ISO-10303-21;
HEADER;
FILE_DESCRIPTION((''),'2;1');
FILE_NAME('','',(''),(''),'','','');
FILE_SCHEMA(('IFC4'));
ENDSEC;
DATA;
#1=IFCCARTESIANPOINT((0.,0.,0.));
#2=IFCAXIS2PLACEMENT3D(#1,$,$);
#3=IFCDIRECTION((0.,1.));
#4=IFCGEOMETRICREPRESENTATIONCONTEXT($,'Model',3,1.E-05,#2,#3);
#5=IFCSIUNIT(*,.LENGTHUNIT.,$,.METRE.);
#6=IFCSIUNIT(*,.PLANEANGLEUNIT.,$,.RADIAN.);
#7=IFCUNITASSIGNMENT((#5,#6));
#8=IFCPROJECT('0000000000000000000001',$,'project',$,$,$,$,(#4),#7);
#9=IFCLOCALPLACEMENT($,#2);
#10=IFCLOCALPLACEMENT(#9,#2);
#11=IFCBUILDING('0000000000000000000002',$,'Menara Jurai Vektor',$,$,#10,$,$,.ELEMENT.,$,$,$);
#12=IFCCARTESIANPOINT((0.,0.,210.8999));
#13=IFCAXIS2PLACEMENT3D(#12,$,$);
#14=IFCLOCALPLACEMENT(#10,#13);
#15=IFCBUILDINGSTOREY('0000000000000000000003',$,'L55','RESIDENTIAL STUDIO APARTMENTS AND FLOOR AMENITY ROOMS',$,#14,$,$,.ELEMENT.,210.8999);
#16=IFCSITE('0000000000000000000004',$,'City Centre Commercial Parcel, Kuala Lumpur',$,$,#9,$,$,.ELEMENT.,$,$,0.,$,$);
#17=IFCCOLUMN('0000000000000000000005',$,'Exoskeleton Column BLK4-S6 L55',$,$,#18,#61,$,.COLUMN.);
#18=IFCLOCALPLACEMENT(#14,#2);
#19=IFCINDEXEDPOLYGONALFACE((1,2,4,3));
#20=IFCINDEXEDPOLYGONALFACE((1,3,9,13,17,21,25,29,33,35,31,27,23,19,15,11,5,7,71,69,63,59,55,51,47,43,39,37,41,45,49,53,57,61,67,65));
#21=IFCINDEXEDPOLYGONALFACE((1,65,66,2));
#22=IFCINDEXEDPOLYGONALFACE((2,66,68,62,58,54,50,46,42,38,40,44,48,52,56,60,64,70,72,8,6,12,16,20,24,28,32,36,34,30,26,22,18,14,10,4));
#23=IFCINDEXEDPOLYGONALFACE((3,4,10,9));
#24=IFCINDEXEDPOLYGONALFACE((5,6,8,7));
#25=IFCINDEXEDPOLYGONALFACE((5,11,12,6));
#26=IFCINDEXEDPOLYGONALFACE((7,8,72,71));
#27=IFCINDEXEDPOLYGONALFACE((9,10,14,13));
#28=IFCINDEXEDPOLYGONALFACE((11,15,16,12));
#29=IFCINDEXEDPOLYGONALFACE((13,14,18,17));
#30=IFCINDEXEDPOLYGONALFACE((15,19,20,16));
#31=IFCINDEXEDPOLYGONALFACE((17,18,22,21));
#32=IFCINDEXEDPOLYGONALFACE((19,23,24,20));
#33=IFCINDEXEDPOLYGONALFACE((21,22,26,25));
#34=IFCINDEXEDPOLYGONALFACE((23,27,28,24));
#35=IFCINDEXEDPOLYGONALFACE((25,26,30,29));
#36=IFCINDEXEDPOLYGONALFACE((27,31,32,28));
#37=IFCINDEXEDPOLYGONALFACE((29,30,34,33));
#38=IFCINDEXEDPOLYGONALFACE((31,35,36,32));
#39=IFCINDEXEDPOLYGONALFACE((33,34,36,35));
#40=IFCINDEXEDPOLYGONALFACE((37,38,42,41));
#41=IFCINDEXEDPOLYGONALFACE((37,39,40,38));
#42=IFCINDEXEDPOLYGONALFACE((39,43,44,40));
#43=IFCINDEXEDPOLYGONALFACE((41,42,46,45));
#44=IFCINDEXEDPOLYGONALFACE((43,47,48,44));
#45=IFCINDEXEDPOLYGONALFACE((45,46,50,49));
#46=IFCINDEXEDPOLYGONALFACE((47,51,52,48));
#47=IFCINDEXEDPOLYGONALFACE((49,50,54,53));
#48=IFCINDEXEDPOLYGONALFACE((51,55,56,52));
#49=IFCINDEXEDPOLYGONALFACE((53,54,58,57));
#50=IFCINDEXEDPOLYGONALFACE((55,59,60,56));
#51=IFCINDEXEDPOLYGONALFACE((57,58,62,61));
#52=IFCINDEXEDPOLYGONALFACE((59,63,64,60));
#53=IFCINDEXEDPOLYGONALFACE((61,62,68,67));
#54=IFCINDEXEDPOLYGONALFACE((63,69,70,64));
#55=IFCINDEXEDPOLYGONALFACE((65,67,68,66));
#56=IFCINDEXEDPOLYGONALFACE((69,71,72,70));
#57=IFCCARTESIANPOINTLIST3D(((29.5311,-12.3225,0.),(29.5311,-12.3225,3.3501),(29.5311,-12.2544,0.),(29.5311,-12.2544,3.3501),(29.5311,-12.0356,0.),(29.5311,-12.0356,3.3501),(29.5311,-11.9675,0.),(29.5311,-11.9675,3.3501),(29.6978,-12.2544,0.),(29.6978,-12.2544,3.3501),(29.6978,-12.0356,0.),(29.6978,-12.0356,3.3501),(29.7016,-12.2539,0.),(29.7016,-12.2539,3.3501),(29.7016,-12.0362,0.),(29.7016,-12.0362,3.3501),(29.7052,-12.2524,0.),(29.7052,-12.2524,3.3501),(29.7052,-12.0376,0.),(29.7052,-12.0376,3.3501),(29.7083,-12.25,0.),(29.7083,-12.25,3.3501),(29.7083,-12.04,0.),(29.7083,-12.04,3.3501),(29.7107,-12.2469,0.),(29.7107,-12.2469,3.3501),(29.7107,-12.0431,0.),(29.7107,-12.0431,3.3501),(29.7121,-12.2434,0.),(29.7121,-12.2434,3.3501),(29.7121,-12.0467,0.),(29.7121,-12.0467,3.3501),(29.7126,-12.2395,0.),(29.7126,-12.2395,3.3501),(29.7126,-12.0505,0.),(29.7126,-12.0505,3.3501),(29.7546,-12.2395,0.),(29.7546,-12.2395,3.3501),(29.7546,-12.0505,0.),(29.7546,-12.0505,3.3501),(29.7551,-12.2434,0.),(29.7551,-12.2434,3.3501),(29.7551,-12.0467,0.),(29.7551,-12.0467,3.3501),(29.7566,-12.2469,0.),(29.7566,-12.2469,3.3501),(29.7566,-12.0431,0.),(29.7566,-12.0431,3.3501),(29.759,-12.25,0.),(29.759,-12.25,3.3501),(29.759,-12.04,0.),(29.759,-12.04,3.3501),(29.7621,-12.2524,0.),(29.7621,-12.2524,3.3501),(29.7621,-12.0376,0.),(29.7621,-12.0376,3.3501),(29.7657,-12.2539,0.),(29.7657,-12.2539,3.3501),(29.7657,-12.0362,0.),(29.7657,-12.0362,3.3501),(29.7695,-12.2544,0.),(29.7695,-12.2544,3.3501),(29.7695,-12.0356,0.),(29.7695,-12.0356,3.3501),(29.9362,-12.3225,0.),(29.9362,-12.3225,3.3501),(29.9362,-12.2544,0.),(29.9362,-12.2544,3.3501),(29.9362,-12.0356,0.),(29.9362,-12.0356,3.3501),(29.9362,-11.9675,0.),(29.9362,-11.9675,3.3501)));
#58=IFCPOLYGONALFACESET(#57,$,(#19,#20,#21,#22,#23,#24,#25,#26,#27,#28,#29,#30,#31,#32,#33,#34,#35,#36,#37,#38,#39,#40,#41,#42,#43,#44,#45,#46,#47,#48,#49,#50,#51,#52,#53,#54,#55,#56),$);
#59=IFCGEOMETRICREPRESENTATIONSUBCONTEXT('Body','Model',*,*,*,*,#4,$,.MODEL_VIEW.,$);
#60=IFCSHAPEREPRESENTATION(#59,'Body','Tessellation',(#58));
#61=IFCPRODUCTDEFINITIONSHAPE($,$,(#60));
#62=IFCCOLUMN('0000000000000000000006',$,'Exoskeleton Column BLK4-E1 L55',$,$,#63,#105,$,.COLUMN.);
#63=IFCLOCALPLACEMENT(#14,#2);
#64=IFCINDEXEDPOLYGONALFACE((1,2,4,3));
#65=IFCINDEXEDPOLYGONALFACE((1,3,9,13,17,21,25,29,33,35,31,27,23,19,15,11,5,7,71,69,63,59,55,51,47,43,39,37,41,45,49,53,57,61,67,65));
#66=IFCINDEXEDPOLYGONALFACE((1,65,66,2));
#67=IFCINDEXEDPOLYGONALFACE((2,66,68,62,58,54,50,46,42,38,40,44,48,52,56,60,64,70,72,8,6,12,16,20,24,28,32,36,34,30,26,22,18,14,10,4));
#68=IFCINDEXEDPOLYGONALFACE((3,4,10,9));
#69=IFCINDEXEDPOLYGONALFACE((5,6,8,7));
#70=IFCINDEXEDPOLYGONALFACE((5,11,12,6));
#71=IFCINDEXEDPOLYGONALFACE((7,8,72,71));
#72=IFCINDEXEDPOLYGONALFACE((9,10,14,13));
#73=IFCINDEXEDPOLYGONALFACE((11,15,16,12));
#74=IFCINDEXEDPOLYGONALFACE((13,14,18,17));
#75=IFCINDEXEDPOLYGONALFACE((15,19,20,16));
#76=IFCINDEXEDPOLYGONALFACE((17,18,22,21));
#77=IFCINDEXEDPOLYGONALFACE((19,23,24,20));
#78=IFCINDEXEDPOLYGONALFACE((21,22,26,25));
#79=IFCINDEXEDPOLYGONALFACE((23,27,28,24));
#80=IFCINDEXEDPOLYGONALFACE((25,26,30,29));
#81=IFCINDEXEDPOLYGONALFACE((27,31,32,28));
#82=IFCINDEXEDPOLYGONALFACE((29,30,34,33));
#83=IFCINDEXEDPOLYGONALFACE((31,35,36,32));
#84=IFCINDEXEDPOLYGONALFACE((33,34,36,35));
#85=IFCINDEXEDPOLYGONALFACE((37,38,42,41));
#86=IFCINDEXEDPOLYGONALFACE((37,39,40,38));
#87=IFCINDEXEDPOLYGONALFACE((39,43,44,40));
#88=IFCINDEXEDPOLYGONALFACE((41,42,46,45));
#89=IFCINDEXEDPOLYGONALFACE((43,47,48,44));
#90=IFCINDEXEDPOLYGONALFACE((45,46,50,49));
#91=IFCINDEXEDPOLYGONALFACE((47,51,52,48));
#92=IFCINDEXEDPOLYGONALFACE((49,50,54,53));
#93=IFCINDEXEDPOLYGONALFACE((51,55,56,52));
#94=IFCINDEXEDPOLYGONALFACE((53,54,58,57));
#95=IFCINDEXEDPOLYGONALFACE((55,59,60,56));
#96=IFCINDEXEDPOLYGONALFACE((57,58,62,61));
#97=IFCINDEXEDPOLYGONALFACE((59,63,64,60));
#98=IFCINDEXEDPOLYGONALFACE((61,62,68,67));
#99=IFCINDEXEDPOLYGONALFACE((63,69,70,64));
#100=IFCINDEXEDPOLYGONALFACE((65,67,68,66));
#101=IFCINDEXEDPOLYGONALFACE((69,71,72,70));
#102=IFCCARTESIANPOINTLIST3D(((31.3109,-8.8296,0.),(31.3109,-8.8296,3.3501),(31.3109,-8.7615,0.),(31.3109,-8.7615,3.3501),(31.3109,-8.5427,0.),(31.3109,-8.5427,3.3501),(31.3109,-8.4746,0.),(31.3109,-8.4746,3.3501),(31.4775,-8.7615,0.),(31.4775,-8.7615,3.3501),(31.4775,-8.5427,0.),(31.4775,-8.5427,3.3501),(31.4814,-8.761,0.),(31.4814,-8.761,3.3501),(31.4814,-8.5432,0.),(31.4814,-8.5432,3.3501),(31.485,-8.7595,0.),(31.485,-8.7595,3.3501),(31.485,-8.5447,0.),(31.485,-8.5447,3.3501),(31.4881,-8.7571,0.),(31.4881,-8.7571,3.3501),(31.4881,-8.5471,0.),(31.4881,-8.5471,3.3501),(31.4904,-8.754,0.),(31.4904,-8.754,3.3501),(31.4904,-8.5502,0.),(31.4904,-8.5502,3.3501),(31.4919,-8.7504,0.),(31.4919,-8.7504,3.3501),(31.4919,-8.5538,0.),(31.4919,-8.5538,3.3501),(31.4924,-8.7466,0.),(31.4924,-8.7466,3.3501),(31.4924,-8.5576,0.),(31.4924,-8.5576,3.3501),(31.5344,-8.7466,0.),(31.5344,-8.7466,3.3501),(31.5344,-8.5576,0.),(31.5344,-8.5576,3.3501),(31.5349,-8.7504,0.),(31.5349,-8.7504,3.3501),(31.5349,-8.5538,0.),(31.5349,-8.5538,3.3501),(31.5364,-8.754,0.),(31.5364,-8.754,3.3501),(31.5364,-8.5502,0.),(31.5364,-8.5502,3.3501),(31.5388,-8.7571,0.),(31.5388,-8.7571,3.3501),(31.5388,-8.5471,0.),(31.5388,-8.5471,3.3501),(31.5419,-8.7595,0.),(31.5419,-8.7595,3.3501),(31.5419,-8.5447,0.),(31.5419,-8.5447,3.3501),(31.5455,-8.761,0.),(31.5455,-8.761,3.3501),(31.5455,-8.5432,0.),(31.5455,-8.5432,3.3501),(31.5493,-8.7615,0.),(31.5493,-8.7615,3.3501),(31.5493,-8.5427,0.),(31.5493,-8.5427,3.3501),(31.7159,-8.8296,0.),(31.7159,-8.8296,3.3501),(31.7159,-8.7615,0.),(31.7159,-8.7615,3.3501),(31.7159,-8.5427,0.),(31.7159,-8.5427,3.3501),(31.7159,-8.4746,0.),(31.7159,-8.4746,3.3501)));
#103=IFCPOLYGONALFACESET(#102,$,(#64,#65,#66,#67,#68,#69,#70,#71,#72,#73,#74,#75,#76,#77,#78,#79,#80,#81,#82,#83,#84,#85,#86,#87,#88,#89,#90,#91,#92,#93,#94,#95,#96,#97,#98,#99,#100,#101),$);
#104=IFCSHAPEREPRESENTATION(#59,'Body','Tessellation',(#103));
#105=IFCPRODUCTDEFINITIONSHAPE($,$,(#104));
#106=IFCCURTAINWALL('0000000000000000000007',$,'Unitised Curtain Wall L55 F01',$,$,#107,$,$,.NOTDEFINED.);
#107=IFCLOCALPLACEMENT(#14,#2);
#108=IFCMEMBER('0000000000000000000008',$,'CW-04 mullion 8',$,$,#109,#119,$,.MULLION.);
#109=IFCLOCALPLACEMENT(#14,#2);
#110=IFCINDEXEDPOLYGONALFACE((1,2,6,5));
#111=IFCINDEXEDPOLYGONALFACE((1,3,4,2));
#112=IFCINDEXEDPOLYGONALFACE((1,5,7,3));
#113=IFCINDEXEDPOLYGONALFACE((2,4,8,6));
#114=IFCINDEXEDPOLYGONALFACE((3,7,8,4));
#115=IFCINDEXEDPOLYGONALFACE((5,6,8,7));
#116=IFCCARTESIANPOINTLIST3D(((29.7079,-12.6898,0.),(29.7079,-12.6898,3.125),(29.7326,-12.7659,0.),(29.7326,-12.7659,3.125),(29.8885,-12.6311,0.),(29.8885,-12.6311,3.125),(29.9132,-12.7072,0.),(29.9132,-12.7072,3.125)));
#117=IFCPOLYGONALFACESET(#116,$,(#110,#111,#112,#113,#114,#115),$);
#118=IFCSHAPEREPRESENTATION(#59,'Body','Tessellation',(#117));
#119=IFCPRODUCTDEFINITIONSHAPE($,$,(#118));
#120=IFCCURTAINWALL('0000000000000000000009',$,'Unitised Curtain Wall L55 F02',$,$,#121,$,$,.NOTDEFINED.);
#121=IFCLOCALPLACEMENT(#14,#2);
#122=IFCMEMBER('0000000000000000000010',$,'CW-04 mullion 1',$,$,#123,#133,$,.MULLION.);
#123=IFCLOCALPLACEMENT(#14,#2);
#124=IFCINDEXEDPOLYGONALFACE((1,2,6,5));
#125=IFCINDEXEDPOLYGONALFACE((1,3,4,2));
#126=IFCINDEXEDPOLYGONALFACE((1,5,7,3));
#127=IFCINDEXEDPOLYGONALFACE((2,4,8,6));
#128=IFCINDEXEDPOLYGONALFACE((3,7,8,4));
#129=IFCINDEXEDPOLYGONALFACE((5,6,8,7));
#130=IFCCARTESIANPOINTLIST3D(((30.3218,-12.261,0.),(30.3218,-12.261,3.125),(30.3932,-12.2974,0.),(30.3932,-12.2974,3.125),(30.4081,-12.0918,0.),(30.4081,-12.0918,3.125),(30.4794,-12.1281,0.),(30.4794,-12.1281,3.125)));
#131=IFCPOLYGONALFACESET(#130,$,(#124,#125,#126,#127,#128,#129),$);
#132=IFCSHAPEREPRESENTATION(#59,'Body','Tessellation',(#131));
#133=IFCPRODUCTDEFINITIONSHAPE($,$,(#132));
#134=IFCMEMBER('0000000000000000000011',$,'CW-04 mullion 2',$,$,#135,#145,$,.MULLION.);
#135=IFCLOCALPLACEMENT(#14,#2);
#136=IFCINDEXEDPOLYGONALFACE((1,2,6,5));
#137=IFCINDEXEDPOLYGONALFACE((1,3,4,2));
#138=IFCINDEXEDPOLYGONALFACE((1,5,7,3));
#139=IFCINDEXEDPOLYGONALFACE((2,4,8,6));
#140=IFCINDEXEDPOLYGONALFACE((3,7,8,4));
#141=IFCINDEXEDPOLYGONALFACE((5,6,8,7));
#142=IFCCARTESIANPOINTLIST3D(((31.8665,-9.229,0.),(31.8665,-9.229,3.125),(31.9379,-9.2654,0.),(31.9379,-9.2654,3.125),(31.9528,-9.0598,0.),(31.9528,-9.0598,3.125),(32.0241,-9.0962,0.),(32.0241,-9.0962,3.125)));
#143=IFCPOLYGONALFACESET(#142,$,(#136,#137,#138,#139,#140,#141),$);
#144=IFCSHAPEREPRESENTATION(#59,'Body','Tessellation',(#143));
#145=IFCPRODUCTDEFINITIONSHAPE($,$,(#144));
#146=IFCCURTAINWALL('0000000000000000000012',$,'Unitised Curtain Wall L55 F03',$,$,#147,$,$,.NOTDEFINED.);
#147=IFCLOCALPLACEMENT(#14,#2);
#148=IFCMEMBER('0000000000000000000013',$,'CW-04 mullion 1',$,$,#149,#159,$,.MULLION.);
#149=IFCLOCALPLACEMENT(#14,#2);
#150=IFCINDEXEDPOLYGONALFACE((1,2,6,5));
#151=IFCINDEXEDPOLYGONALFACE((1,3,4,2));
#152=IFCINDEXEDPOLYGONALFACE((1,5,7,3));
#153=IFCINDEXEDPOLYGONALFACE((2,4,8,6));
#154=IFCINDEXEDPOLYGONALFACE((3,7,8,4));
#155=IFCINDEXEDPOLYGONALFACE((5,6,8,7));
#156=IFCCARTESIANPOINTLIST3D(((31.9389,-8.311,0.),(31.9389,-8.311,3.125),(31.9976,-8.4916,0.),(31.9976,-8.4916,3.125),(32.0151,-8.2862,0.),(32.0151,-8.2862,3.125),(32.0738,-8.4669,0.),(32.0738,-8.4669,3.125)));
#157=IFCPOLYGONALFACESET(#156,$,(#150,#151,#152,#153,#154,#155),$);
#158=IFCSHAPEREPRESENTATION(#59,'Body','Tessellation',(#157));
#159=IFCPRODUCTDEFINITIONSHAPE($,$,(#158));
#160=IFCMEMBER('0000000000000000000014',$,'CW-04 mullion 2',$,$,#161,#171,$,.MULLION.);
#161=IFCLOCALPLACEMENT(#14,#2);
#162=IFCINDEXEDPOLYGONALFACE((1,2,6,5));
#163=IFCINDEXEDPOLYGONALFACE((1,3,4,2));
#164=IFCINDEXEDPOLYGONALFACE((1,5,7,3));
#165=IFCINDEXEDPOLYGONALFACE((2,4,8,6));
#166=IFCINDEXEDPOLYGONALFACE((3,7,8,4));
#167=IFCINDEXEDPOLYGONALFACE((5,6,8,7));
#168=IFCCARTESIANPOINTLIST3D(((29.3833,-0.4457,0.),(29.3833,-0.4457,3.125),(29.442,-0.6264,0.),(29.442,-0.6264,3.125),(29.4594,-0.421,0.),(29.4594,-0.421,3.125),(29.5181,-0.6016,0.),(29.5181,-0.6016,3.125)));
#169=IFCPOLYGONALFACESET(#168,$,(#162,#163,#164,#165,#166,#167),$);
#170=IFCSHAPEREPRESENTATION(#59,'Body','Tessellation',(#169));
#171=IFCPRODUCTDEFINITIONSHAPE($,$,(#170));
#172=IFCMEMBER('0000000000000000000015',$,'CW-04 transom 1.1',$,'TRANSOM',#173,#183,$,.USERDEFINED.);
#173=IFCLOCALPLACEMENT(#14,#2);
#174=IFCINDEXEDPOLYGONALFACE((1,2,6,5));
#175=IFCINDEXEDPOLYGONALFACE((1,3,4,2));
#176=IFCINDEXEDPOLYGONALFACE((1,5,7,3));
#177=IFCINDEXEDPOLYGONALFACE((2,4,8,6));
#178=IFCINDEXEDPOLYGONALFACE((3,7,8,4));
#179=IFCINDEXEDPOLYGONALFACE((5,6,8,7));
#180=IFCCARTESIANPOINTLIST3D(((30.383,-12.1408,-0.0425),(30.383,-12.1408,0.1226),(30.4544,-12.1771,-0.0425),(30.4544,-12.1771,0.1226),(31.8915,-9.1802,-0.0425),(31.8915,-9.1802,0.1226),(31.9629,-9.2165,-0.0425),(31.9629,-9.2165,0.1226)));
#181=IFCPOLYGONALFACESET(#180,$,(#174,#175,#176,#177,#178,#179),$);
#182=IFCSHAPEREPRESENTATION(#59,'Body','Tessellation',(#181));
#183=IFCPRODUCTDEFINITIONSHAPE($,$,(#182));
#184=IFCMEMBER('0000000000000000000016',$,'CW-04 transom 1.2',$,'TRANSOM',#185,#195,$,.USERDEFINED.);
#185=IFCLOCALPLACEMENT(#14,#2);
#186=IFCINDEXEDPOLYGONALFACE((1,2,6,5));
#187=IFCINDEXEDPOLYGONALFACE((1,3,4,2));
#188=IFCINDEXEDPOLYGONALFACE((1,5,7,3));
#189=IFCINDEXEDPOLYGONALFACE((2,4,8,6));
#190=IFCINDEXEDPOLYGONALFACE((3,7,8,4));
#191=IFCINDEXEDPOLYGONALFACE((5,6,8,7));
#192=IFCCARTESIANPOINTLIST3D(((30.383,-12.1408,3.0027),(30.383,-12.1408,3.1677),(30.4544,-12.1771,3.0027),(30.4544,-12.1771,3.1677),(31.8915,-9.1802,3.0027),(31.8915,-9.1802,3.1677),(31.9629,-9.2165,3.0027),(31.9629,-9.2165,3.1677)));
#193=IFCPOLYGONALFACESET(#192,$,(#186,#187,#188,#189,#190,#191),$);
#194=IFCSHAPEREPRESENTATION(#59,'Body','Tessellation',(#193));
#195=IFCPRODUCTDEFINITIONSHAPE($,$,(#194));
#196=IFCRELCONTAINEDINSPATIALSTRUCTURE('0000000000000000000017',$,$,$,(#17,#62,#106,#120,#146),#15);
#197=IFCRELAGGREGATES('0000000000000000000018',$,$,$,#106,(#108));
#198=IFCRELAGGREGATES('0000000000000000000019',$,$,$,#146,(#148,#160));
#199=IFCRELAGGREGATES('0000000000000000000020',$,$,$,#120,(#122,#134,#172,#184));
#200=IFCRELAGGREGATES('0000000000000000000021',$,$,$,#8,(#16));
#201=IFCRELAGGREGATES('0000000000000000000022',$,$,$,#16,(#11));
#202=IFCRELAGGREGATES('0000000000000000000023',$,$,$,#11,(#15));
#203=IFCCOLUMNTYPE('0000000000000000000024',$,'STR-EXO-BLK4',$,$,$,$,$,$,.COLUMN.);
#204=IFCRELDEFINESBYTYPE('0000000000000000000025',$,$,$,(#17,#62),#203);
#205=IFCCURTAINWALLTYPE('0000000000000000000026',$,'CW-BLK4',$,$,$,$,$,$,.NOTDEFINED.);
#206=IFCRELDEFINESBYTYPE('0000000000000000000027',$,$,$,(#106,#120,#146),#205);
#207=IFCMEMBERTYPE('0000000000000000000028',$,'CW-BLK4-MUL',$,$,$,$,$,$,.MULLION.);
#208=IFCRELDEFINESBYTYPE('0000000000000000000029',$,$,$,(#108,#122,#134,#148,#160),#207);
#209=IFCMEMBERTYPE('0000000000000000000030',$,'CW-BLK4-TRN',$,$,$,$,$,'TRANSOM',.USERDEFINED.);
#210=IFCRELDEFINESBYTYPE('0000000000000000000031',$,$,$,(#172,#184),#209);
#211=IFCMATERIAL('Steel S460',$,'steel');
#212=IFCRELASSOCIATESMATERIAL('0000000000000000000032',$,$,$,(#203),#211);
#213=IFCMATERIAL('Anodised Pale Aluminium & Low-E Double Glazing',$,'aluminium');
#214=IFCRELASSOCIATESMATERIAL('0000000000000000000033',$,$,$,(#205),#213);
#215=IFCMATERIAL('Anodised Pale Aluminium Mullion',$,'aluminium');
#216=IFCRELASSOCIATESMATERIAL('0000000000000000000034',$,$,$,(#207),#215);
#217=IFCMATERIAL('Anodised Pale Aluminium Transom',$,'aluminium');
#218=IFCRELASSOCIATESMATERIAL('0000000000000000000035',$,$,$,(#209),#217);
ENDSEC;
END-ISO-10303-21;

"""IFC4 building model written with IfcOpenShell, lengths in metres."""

from ifc_helpers import new_model, si_unit, direction, frame, origin, origin_2d, place, context, subcontext, project, spatial, rectangle, i_section, extrude, material, material_profile, profile_set, type_object, element, aggregate, save


model = new_model("IFC4")

# Units and contexts
model_context = context("Model", 3, precision=1e-05, world=origin(), true_north=direction((0.0, 1.0)))
body_context = subcontext(model_context, "Body", "Model", "MODEL_VIEW")
ifc_project = project(units=[si_unit("LENGTHUNIT", "METRE"), si_unit("PLANEANGLEUNIT", "RADIAN")], contexts=[model_context])

# Site, building, storey
site_placement = place(None, origin())
site = spatial("IfcSite", under=ifc_project, at=site_placement, Name="City Centre Commercial Parcel, Kuala Lumpur", CompositionType="ELEMENT", RefElevation=0.0)
building_placement = place(site_placement, origin())
building = spatial("IfcBuilding", under=site, at=building_placement, Name="Menara Jurai Vektor", CompositionType="ELEMENT")
storey_placement = place(building_placement, frame((0.0, 0.0, 210.8999)))
storey = spatial("IfcBuildingStorey", under=building, at=storey_placement, Name="L55", Description="RESIDENTIAL STUDIO APARTMENTS AND FLOOR AMENITY ROOMS", CompositionType="ELEMENT", Elevation=210.8999)

# Columns
ifc_material_1 = material(Name="Steel S460", Category="steel")
ifc_material_profile_1 = material_profile(ifc_material_1, i_section(OverallWidth=0.405, OverallDepth=0.355, WebThickness=0.042, FlangeThickness=0.0681, FilletRadius=0.0149, at=origin_2d()), Name="HD 400x551")
ifc_profile_set_1 = profile_set([ifc_material_profile_1], Name="Steel S460")
column_type = type_object("IfcColumnType", Name="STR-EXO-BLK4", PredefinedType="COLUMN", material=ifc_profile_set_1)
for number, where, z_axis, x_axis, name in (
    (1, (29.7336, -12.145, 0.0), (0.0, 0.0, 1.0), (1.0, 0.0, 0.0), "Exoskeleton Column BLK4-S6 L55"),
    (2, (31.5134, -8.6521, 0.0), (0.0, 0.0, 1.0), (1.0, 0.0, 0.0), "Exoskeleton Column BLK4-E1 L55"),
):
    element("IfcColumn", number, at=place(storey_placement, frame(where, z_axis=z_axis, x_axis=x_axis)), inside=storey, type_object=column_type, Name=name, PredefinedType="COLUMN", context=body_context, shape_type="SweptSolid", body=[
        extrude(i_section(OverallWidth=0.405, OverallDepth=0.355, WebThickness=0.042, FlangeThickness=0.0681, FilletRadius=0.0149, at=origin_2d()), origin(), (0.0, 0.0, 1.0), 3.3501),
    ])

# Curtain wall, member
ifc_material_2 = material(Name="Anodised Pale Aluminium & Low-E Double Glazing", Category="aluminium")
curtain_wall_type = type_object("IfcCurtainWallType", Name="CW-BLK4", PredefinedType="NOTDEFINED", material=ifc_material_2)
curtain_wall_1_placement = place(storey_placement, origin())
curtain_wall_1 = element("IfcCurtainWall", 3, at=curtain_wall_1_placement, inside=storey, type_object=curtain_wall_type, Name="Unitised Curtain Wall L55 F01", PredefinedType="NOTDEFINED")
ifc_material_3 = material(Name="Anodised Pale Aluminium Mullion", Category="aluminium")
ifc_material_profile_2 = material_profile(ifc_material_3, rectangle(XDim=0.0801, YDim=0.1899, at=origin_2d()), Name="ALU MUL 80x190")
ifc_profile_set_2 = profile_set([ifc_material_profile_2], Name="Anodised Pale Aluminium Mullion")
member_type_1 = type_object("IfcMemberType", Name="CW-BLK4-MUL", PredefinedType="MULLION", material=ifc_profile_set_2)
member_1_placement = place(storey_placement, frame((29.8105, -12.6985, 0.0), z_axis=(0.0, 0.0, 1.0), x_axis=(-0.309017, 0.951056, 0.0)))
member_1 = element("IfcMember", 4, at=member_1_placement, type_object=member_type_1, Name="CW-04 mullion 8", PredefinedType="MULLION", context=body_context, shape_type="SweptSolid", body=[
    extrude(rectangle(XDim=0.0801, YDim=0.1899, at=origin_2d()), origin(), (0.0, 0.0, 1.0), 3.125),
])

# Curtain walls, members
curtain_wall_2_placement = place(storey_placement, origin())
curtain_wall_2 = element("IfcCurtainWall", 5, at=curtain_wall_2_placement, inside=storey, type_object=curtain_wall_type, Name="Unitised Curtain Wall L55 F02", PredefinedType="NOTDEFINED")
member_2_placement = place(storey_placement, frame((30.4006, -12.1946, 0.0), z_axis=(0.0, 0.0, 1.0), x_axis=(-0.891008, 0.453989, 0.0)))
member_2 = element("IfcMember", 6, at=member_2_placement, type_object=member_type_1, Name="CW-04 mullion 1", PredefinedType="MULLION", context=body_context, shape_type="SweptSolid", body=[
    extrude(rectangle(XDim=0.0801, YDim=0.1899, at=origin_2d()), origin(), (0.0, 0.0, 1.0), 3.125),
])
member_3_placement = place(storey_placement, frame((31.9453, -9.1626, 0.0), z_axis=(0.0, 0.0, 1.0), x_axis=(-0.891008, 0.453989, 0.0)))
member_3 = element("IfcMember", 7, at=member_3_placement, type_object=member_type_1, Name="CW-04 mullion 2", PredefinedType="MULLION", context=body_context, shape_type="SweptSolid", body=[
    extrude(rectangle(XDim=0.0801, YDim=0.1899, at=origin_2d()), origin(), (0.0, 0.0, 1.0), 3.125),
])
curtain_wall_3_placement = place(storey_placement, origin())
curtain_wall_3 = element("IfcCurtainWall", 8, at=curtain_wall_3_placement, inside=storey, type_object=curtain_wall_type, Name="Unitised Curtain Wall L55 F03", PredefinedType="NOTDEFINED")
member_4_placement = place(storey_placement, frame((32.0063, -8.3889, 0.0), z_axis=(0.0, 0.0, 1.0), x_axis=(-0.951057, -0.309016, 0.0)))
member_4 = element("IfcMember", 9, at=member_4_placement, type_object=member_type_1, Name="CW-04 mullion 1", PredefinedType="MULLION", context=body_context, shape_type="SweptSolid", body=[
    extrude(rectangle(XDim=0.0801, YDim=0.1899, at=origin_2d()), origin(), (0.0, 0.0, 1.0), 3.125),
])
member_5_placement = place(storey_placement, frame((29.4507, -0.5237, 0.0), z_axis=(0.0, 0.0, 1.0), x_axis=(-0.951057, -0.309016, 0.0)))
member_5 = element("IfcMember", 10, at=member_5_placement, type_object=member_type_1, Name="CW-04 mullion 2", PredefinedType="MULLION", context=body_context, shape_type="SweptSolid", body=[
    extrude(rectangle(XDim=0.0801, YDim=0.1899, at=origin_2d()), origin(), (0.0, 0.0, 1.0), 3.125),
])

# Members
ifc_material_4 = material(Name="Anodised Pale Aluminium Transom", Category="aluminium")
ifc_material_profile_3 = material_profile(ifc_material_4, rectangle(XDim=0.0801, YDim=0.165, at=origin_2d()), Name="ALU TRN 80x165")
ifc_profile_set_3 = profile_set([ifc_material_profile_3], Name="Anodised Pale Aluminium Transom")
member_type_2 = type_object("IfcMemberType", Name="CW-BLK4-TRN", ElementType="TRANSOM", PredefinedType="USERDEFINED", material=ifc_profile_set_3)
member_6_placement = place(storey_placement, frame((30.4187, -12.1589, 0.04), z_axis=(0.45399, 0.891007, 0.0), x_axis=(-0.891007, 0.45399, 0.0)))
member_6 = element("IfcMember", 11, at=member_6_placement, type_object=member_type_2, Name="CW-04 transom 1.1", ObjectType="TRANSOM", PredefinedType="USERDEFINED", context=body_context, shape_type="SweptSolid", body=[
    extrude(rectangle(XDim=0.0801, YDim=0.165, at=origin_2d()), origin(), (0.0, 0.0, 1.0), 3.3228),
])
member_7_placement = place(storey_placement, frame((30.4187, -12.1589, 3.0852), z_axis=(0.45399, 0.891007, 0.0), x_axis=(-0.891007, 0.45399, 0.0)))
member_7 = element("IfcMember", 12, at=member_7_placement, type_object=member_type_2, Name="CW-04 transom 1.2", ObjectType="TRANSOM", PredefinedType="USERDEFINED", context=body_context, shape_type="SweptSolid", body=[
    extrude(rectangle(XDim=0.0801, YDim=0.165, at=origin_2d()), origin(), (0.0, 0.0, 1.0), 3.3228),
])

aggregate(curtain_wall_1, [member_1])
aggregate(curtain_wall_3, [member_4, member_5])
aggregate(curtain_wall_2, [member_2, member_3, member_6, member_7])

save(model, "model.ifc")
